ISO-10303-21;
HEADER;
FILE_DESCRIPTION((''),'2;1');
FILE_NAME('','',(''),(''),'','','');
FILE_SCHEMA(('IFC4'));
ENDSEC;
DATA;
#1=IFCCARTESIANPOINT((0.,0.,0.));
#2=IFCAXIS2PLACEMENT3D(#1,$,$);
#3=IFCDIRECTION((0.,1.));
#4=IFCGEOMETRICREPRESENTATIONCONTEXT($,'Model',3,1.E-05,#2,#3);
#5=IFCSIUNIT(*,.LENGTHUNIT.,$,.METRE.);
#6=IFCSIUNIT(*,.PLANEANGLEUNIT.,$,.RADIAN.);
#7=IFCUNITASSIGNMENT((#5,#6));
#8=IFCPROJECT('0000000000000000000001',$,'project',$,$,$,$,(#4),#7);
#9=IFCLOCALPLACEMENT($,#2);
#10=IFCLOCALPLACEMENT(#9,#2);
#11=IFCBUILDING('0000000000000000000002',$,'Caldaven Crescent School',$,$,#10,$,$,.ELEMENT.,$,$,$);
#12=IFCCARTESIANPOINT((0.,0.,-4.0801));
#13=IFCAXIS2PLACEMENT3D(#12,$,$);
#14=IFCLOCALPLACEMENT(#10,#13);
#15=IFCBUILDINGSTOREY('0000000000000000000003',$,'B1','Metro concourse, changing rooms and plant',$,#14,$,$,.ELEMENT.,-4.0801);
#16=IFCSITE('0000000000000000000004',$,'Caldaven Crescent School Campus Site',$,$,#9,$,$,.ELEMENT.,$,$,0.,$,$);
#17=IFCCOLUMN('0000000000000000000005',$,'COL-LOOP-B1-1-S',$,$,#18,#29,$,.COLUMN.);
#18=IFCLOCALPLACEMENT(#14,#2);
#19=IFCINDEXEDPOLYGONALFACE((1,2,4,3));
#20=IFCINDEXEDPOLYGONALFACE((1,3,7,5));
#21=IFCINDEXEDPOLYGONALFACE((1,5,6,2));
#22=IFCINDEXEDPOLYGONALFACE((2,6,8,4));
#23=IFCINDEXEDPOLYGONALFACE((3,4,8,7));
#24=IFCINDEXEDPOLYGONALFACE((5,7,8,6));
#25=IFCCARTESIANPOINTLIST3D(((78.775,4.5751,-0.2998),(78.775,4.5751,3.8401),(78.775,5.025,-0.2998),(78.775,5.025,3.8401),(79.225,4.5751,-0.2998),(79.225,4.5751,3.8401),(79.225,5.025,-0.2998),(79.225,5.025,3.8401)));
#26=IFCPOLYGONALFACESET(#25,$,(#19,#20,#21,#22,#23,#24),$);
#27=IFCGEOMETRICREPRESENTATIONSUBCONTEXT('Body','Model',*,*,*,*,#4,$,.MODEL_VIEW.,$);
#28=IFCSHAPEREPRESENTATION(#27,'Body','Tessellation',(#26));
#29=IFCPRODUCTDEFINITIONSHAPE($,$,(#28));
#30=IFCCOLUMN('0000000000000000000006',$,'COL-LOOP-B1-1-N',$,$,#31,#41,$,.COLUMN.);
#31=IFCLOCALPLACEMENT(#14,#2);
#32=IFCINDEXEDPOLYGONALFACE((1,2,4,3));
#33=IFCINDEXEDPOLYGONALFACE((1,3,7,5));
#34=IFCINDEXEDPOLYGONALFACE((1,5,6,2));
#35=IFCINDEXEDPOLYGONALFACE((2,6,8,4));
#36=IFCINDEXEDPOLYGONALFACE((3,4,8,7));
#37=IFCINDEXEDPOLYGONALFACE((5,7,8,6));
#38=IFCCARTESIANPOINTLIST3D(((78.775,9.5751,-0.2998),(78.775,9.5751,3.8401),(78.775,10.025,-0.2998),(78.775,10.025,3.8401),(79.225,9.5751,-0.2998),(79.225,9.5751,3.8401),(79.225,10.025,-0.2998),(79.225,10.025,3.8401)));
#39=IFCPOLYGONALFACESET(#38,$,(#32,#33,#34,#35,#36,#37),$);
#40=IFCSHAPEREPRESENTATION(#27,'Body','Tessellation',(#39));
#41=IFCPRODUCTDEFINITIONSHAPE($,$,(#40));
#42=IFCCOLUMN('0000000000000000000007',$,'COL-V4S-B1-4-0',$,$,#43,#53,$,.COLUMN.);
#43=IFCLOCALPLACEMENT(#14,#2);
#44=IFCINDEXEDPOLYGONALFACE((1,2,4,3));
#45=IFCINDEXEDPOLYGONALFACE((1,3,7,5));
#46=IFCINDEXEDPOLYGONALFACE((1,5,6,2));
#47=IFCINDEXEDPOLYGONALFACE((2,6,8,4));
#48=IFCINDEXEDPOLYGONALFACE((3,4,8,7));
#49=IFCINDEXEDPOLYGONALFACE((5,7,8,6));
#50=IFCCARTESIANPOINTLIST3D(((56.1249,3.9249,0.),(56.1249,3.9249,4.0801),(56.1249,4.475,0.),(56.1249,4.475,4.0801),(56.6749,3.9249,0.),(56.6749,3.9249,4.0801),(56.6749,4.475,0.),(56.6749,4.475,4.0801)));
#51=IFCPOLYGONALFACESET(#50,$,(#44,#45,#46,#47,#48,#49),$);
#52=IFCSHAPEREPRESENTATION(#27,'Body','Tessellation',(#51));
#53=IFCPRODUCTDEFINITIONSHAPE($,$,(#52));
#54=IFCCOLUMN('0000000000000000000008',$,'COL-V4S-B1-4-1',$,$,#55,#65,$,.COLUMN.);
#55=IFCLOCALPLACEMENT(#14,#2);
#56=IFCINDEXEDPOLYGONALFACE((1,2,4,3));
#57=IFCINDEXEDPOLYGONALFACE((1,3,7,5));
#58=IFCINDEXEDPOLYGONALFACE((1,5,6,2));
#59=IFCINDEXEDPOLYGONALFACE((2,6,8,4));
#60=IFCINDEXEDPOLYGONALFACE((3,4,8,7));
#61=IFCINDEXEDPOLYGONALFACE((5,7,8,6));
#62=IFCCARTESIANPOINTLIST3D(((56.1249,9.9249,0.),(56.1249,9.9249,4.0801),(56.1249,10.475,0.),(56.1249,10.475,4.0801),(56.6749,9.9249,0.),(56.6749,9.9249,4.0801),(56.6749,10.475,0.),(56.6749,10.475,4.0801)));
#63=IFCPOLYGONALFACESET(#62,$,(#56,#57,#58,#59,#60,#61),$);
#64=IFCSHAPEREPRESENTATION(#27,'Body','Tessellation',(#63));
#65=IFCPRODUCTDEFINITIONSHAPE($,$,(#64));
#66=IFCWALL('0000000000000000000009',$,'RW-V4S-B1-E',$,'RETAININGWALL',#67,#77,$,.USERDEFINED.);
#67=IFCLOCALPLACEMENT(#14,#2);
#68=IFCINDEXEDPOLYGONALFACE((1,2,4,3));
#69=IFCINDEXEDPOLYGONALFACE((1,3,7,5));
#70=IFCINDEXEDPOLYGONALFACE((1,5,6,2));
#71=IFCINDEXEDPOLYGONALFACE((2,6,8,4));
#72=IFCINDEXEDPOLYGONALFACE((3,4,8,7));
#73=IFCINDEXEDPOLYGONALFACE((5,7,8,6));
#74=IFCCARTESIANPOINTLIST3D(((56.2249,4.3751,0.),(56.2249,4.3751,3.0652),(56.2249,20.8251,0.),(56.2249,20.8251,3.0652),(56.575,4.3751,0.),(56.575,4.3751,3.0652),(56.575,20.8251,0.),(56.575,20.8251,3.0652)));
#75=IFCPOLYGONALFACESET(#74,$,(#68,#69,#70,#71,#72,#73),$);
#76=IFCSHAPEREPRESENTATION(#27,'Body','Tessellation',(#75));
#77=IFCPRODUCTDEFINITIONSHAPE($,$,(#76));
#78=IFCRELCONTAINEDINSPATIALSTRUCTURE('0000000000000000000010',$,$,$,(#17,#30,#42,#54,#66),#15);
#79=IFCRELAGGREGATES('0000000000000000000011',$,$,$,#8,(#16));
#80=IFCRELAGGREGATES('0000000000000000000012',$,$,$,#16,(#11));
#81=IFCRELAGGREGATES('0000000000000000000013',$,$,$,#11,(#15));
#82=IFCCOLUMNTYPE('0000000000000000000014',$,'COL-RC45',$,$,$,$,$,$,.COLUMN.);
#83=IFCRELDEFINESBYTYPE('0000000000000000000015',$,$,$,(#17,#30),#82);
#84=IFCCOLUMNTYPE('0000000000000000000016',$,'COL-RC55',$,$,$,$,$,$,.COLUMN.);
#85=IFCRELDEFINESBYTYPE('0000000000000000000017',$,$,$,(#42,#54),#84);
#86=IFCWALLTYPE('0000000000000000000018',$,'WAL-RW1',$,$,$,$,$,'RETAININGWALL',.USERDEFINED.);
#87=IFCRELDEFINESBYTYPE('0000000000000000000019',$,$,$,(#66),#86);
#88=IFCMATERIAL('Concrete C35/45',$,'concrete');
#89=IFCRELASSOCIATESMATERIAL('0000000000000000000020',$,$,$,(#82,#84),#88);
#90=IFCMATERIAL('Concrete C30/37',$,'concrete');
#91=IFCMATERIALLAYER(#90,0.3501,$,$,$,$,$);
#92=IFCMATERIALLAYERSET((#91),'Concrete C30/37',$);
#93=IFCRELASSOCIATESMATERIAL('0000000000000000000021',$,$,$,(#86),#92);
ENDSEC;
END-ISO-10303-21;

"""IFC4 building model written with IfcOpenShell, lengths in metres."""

from ifc_helpers import new_model, si_unit, direction, frame, frame_2d, origin, origin_2d, place, context, subcontext, project, spatial, rectangle, extrude, material, layer, layer_set, material_profile, profile_set, type_object, element, save


model = new_model("IFC4")

# Units and contexts
model_context = context("Model", 3, precision=1e-05, world=origin(), true_north=direction((0.0, 1.0)))
body_context = subcontext(model_context, "Body", "Model", "MODEL_VIEW")
ifc_project = project(units=[si_unit("LENGTHUNIT", "METRE"), si_unit("PLANEANGLEUNIT", "RADIAN")], contexts=[model_context])

# Site, building, storey
site_placement = place(None, origin())
site = spatial("IfcSite", under=ifc_project, at=site_placement, Name="Caldaven Crescent School Campus Site", CompositionType="ELEMENT", RefElevation=0.0)
building_placement = place(site_placement, origin())
building = spatial("IfcBuilding", under=site, at=building_placement, Name="Caldaven Crescent School", CompositionType="ELEMENT")
storey_placement = place(building_placement, frame((0.0, 0.0, -4.0801)))
storey = spatial("IfcBuildingStorey", under=building, at=storey_placement, Name="B1", Description="Metro concourse, changing rooms and plant", CompositionType="ELEMENT", Elevation=-4.0801)

# Shared definitions
ifc_material_1 = material(Name="Concrete C30/37", Category="concrete")
ifc_material_2 = material(Name="Concrete C35/45", Category="concrete")

# Columns
ifc_material_profile_1 = material_profile(ifc_material_2, rectangle(XDim=0.45, YDim=0.45, at=origin_2d()), Name="RC 450x450")
ifc_profile_set_1 = profile_set([ifc_material_profile_1], Name="Concrete C35/45")
column_type_1 = type_object("IfcColumnType", Name="COL-RC45", PredefinedType="COLUMN", material=ifc_profile_set_1)
for number, where, z_axis, x_axis, name in (
    (1, (79.0, 4.8, -0.2998), (0.0, 0.0, 1.0), (1.0, 0.0, 0.0), "COL-LOOP-B1-1-S"),
    (2, (79.0, 9.8, -0.2998), (0.0, 0.0, 1.0), (1.0, 0.0, 0.0), "COL-LOOP-B1-1-N"),
):
    element("IfcColumn", number, at=place(storey_placement, frame(where, z_axis=z_axis, x_axis=x_axis)), inside=storey, type_object=column_type_1, Name=name, PredefinedType="COLUMN", context=body_context, shape_type="SweptSolid", body=[
        extrude(rectangle(XDim=0.45, YDim=0.45, at=origin_2d()), origin(), (0.0, 0.0, 1.0), 4.1399),
    ])
ifc_material_profile_2 = material_profile(ifc_material_2, rectangle(XDim=0.55, YDim=0.55, at=origin_2d()), Name="RC 550x550")
ifc_profile_set_2 = profile_set([ifc_material_profile_2], Name="Concrete C35/45")
column_type_2 = type_object("IfcColumnType", Name="COL-RC55", PredefinedType="COLUMN", material=ifc_profile_set_2)
for number, where, z_axis, x_axis, name in (
    (3, (56.3999, 4.2, 0.0), (0.0, 0.0, 1.0), (1.0, 0.0, 0.0), "COL-V4S-B1-4-0"),
    (4, (56.3999, 10.2, 0.0), (0.0, 0.0, 1.0), (1.0, 0.0, 0.0), "COL-V4S-B1-4-1"),
):
    element("IfcColumn", number, at=place(storey_placement, frame(where, z_axis=z_axis, x_axis=x_axis)), inside=storey, type_object=column_type_2, Name=name, PredefinedType="COLUMN", context=body_context, shape_type="SweptSolid", body=[
        extrude(rectangle(XDim=0.55, YDim=0.55, at=origin_2d()), origin(), (0.0, 0.0, 1.0), 4.0801),
    ])

# Wall
ifc_layer = layer(ifc_material_1, 0.3501)
ifc_layer_set = layer_set([ifc_layer], Name="Concrete C30/37")
wall_type = type_object("IfcWallType", Name="WAL-RW1", ElementType="RETAININGWALL", PredefinedType="USERDEFINED", material=ifc_layer_set)
wall_placement = place(storey_placement, frame((56.3999, 4.375, 0.0), z_axis=(0.0, 0.0, 1.0), x_axis=(0.0, 1.0, 0.0)))
element("IfcWall", 5, at=wall_placement, inside=storey, type_object=wall_type, Name="RW-V4S-B1-E", ObjectType="RETAININGWALL", PredefinedType="USERDEFINED", context=body_context, shape_type="SweptSolid", body=[
    extrude(rectangle(XDim=16.45, YDim=0.3501, at=frame_2d((8.2251, 0.0))), origin(), (0.0, 0.0, 1.0), 3.0652),
])

save(model, "model.ifc")
